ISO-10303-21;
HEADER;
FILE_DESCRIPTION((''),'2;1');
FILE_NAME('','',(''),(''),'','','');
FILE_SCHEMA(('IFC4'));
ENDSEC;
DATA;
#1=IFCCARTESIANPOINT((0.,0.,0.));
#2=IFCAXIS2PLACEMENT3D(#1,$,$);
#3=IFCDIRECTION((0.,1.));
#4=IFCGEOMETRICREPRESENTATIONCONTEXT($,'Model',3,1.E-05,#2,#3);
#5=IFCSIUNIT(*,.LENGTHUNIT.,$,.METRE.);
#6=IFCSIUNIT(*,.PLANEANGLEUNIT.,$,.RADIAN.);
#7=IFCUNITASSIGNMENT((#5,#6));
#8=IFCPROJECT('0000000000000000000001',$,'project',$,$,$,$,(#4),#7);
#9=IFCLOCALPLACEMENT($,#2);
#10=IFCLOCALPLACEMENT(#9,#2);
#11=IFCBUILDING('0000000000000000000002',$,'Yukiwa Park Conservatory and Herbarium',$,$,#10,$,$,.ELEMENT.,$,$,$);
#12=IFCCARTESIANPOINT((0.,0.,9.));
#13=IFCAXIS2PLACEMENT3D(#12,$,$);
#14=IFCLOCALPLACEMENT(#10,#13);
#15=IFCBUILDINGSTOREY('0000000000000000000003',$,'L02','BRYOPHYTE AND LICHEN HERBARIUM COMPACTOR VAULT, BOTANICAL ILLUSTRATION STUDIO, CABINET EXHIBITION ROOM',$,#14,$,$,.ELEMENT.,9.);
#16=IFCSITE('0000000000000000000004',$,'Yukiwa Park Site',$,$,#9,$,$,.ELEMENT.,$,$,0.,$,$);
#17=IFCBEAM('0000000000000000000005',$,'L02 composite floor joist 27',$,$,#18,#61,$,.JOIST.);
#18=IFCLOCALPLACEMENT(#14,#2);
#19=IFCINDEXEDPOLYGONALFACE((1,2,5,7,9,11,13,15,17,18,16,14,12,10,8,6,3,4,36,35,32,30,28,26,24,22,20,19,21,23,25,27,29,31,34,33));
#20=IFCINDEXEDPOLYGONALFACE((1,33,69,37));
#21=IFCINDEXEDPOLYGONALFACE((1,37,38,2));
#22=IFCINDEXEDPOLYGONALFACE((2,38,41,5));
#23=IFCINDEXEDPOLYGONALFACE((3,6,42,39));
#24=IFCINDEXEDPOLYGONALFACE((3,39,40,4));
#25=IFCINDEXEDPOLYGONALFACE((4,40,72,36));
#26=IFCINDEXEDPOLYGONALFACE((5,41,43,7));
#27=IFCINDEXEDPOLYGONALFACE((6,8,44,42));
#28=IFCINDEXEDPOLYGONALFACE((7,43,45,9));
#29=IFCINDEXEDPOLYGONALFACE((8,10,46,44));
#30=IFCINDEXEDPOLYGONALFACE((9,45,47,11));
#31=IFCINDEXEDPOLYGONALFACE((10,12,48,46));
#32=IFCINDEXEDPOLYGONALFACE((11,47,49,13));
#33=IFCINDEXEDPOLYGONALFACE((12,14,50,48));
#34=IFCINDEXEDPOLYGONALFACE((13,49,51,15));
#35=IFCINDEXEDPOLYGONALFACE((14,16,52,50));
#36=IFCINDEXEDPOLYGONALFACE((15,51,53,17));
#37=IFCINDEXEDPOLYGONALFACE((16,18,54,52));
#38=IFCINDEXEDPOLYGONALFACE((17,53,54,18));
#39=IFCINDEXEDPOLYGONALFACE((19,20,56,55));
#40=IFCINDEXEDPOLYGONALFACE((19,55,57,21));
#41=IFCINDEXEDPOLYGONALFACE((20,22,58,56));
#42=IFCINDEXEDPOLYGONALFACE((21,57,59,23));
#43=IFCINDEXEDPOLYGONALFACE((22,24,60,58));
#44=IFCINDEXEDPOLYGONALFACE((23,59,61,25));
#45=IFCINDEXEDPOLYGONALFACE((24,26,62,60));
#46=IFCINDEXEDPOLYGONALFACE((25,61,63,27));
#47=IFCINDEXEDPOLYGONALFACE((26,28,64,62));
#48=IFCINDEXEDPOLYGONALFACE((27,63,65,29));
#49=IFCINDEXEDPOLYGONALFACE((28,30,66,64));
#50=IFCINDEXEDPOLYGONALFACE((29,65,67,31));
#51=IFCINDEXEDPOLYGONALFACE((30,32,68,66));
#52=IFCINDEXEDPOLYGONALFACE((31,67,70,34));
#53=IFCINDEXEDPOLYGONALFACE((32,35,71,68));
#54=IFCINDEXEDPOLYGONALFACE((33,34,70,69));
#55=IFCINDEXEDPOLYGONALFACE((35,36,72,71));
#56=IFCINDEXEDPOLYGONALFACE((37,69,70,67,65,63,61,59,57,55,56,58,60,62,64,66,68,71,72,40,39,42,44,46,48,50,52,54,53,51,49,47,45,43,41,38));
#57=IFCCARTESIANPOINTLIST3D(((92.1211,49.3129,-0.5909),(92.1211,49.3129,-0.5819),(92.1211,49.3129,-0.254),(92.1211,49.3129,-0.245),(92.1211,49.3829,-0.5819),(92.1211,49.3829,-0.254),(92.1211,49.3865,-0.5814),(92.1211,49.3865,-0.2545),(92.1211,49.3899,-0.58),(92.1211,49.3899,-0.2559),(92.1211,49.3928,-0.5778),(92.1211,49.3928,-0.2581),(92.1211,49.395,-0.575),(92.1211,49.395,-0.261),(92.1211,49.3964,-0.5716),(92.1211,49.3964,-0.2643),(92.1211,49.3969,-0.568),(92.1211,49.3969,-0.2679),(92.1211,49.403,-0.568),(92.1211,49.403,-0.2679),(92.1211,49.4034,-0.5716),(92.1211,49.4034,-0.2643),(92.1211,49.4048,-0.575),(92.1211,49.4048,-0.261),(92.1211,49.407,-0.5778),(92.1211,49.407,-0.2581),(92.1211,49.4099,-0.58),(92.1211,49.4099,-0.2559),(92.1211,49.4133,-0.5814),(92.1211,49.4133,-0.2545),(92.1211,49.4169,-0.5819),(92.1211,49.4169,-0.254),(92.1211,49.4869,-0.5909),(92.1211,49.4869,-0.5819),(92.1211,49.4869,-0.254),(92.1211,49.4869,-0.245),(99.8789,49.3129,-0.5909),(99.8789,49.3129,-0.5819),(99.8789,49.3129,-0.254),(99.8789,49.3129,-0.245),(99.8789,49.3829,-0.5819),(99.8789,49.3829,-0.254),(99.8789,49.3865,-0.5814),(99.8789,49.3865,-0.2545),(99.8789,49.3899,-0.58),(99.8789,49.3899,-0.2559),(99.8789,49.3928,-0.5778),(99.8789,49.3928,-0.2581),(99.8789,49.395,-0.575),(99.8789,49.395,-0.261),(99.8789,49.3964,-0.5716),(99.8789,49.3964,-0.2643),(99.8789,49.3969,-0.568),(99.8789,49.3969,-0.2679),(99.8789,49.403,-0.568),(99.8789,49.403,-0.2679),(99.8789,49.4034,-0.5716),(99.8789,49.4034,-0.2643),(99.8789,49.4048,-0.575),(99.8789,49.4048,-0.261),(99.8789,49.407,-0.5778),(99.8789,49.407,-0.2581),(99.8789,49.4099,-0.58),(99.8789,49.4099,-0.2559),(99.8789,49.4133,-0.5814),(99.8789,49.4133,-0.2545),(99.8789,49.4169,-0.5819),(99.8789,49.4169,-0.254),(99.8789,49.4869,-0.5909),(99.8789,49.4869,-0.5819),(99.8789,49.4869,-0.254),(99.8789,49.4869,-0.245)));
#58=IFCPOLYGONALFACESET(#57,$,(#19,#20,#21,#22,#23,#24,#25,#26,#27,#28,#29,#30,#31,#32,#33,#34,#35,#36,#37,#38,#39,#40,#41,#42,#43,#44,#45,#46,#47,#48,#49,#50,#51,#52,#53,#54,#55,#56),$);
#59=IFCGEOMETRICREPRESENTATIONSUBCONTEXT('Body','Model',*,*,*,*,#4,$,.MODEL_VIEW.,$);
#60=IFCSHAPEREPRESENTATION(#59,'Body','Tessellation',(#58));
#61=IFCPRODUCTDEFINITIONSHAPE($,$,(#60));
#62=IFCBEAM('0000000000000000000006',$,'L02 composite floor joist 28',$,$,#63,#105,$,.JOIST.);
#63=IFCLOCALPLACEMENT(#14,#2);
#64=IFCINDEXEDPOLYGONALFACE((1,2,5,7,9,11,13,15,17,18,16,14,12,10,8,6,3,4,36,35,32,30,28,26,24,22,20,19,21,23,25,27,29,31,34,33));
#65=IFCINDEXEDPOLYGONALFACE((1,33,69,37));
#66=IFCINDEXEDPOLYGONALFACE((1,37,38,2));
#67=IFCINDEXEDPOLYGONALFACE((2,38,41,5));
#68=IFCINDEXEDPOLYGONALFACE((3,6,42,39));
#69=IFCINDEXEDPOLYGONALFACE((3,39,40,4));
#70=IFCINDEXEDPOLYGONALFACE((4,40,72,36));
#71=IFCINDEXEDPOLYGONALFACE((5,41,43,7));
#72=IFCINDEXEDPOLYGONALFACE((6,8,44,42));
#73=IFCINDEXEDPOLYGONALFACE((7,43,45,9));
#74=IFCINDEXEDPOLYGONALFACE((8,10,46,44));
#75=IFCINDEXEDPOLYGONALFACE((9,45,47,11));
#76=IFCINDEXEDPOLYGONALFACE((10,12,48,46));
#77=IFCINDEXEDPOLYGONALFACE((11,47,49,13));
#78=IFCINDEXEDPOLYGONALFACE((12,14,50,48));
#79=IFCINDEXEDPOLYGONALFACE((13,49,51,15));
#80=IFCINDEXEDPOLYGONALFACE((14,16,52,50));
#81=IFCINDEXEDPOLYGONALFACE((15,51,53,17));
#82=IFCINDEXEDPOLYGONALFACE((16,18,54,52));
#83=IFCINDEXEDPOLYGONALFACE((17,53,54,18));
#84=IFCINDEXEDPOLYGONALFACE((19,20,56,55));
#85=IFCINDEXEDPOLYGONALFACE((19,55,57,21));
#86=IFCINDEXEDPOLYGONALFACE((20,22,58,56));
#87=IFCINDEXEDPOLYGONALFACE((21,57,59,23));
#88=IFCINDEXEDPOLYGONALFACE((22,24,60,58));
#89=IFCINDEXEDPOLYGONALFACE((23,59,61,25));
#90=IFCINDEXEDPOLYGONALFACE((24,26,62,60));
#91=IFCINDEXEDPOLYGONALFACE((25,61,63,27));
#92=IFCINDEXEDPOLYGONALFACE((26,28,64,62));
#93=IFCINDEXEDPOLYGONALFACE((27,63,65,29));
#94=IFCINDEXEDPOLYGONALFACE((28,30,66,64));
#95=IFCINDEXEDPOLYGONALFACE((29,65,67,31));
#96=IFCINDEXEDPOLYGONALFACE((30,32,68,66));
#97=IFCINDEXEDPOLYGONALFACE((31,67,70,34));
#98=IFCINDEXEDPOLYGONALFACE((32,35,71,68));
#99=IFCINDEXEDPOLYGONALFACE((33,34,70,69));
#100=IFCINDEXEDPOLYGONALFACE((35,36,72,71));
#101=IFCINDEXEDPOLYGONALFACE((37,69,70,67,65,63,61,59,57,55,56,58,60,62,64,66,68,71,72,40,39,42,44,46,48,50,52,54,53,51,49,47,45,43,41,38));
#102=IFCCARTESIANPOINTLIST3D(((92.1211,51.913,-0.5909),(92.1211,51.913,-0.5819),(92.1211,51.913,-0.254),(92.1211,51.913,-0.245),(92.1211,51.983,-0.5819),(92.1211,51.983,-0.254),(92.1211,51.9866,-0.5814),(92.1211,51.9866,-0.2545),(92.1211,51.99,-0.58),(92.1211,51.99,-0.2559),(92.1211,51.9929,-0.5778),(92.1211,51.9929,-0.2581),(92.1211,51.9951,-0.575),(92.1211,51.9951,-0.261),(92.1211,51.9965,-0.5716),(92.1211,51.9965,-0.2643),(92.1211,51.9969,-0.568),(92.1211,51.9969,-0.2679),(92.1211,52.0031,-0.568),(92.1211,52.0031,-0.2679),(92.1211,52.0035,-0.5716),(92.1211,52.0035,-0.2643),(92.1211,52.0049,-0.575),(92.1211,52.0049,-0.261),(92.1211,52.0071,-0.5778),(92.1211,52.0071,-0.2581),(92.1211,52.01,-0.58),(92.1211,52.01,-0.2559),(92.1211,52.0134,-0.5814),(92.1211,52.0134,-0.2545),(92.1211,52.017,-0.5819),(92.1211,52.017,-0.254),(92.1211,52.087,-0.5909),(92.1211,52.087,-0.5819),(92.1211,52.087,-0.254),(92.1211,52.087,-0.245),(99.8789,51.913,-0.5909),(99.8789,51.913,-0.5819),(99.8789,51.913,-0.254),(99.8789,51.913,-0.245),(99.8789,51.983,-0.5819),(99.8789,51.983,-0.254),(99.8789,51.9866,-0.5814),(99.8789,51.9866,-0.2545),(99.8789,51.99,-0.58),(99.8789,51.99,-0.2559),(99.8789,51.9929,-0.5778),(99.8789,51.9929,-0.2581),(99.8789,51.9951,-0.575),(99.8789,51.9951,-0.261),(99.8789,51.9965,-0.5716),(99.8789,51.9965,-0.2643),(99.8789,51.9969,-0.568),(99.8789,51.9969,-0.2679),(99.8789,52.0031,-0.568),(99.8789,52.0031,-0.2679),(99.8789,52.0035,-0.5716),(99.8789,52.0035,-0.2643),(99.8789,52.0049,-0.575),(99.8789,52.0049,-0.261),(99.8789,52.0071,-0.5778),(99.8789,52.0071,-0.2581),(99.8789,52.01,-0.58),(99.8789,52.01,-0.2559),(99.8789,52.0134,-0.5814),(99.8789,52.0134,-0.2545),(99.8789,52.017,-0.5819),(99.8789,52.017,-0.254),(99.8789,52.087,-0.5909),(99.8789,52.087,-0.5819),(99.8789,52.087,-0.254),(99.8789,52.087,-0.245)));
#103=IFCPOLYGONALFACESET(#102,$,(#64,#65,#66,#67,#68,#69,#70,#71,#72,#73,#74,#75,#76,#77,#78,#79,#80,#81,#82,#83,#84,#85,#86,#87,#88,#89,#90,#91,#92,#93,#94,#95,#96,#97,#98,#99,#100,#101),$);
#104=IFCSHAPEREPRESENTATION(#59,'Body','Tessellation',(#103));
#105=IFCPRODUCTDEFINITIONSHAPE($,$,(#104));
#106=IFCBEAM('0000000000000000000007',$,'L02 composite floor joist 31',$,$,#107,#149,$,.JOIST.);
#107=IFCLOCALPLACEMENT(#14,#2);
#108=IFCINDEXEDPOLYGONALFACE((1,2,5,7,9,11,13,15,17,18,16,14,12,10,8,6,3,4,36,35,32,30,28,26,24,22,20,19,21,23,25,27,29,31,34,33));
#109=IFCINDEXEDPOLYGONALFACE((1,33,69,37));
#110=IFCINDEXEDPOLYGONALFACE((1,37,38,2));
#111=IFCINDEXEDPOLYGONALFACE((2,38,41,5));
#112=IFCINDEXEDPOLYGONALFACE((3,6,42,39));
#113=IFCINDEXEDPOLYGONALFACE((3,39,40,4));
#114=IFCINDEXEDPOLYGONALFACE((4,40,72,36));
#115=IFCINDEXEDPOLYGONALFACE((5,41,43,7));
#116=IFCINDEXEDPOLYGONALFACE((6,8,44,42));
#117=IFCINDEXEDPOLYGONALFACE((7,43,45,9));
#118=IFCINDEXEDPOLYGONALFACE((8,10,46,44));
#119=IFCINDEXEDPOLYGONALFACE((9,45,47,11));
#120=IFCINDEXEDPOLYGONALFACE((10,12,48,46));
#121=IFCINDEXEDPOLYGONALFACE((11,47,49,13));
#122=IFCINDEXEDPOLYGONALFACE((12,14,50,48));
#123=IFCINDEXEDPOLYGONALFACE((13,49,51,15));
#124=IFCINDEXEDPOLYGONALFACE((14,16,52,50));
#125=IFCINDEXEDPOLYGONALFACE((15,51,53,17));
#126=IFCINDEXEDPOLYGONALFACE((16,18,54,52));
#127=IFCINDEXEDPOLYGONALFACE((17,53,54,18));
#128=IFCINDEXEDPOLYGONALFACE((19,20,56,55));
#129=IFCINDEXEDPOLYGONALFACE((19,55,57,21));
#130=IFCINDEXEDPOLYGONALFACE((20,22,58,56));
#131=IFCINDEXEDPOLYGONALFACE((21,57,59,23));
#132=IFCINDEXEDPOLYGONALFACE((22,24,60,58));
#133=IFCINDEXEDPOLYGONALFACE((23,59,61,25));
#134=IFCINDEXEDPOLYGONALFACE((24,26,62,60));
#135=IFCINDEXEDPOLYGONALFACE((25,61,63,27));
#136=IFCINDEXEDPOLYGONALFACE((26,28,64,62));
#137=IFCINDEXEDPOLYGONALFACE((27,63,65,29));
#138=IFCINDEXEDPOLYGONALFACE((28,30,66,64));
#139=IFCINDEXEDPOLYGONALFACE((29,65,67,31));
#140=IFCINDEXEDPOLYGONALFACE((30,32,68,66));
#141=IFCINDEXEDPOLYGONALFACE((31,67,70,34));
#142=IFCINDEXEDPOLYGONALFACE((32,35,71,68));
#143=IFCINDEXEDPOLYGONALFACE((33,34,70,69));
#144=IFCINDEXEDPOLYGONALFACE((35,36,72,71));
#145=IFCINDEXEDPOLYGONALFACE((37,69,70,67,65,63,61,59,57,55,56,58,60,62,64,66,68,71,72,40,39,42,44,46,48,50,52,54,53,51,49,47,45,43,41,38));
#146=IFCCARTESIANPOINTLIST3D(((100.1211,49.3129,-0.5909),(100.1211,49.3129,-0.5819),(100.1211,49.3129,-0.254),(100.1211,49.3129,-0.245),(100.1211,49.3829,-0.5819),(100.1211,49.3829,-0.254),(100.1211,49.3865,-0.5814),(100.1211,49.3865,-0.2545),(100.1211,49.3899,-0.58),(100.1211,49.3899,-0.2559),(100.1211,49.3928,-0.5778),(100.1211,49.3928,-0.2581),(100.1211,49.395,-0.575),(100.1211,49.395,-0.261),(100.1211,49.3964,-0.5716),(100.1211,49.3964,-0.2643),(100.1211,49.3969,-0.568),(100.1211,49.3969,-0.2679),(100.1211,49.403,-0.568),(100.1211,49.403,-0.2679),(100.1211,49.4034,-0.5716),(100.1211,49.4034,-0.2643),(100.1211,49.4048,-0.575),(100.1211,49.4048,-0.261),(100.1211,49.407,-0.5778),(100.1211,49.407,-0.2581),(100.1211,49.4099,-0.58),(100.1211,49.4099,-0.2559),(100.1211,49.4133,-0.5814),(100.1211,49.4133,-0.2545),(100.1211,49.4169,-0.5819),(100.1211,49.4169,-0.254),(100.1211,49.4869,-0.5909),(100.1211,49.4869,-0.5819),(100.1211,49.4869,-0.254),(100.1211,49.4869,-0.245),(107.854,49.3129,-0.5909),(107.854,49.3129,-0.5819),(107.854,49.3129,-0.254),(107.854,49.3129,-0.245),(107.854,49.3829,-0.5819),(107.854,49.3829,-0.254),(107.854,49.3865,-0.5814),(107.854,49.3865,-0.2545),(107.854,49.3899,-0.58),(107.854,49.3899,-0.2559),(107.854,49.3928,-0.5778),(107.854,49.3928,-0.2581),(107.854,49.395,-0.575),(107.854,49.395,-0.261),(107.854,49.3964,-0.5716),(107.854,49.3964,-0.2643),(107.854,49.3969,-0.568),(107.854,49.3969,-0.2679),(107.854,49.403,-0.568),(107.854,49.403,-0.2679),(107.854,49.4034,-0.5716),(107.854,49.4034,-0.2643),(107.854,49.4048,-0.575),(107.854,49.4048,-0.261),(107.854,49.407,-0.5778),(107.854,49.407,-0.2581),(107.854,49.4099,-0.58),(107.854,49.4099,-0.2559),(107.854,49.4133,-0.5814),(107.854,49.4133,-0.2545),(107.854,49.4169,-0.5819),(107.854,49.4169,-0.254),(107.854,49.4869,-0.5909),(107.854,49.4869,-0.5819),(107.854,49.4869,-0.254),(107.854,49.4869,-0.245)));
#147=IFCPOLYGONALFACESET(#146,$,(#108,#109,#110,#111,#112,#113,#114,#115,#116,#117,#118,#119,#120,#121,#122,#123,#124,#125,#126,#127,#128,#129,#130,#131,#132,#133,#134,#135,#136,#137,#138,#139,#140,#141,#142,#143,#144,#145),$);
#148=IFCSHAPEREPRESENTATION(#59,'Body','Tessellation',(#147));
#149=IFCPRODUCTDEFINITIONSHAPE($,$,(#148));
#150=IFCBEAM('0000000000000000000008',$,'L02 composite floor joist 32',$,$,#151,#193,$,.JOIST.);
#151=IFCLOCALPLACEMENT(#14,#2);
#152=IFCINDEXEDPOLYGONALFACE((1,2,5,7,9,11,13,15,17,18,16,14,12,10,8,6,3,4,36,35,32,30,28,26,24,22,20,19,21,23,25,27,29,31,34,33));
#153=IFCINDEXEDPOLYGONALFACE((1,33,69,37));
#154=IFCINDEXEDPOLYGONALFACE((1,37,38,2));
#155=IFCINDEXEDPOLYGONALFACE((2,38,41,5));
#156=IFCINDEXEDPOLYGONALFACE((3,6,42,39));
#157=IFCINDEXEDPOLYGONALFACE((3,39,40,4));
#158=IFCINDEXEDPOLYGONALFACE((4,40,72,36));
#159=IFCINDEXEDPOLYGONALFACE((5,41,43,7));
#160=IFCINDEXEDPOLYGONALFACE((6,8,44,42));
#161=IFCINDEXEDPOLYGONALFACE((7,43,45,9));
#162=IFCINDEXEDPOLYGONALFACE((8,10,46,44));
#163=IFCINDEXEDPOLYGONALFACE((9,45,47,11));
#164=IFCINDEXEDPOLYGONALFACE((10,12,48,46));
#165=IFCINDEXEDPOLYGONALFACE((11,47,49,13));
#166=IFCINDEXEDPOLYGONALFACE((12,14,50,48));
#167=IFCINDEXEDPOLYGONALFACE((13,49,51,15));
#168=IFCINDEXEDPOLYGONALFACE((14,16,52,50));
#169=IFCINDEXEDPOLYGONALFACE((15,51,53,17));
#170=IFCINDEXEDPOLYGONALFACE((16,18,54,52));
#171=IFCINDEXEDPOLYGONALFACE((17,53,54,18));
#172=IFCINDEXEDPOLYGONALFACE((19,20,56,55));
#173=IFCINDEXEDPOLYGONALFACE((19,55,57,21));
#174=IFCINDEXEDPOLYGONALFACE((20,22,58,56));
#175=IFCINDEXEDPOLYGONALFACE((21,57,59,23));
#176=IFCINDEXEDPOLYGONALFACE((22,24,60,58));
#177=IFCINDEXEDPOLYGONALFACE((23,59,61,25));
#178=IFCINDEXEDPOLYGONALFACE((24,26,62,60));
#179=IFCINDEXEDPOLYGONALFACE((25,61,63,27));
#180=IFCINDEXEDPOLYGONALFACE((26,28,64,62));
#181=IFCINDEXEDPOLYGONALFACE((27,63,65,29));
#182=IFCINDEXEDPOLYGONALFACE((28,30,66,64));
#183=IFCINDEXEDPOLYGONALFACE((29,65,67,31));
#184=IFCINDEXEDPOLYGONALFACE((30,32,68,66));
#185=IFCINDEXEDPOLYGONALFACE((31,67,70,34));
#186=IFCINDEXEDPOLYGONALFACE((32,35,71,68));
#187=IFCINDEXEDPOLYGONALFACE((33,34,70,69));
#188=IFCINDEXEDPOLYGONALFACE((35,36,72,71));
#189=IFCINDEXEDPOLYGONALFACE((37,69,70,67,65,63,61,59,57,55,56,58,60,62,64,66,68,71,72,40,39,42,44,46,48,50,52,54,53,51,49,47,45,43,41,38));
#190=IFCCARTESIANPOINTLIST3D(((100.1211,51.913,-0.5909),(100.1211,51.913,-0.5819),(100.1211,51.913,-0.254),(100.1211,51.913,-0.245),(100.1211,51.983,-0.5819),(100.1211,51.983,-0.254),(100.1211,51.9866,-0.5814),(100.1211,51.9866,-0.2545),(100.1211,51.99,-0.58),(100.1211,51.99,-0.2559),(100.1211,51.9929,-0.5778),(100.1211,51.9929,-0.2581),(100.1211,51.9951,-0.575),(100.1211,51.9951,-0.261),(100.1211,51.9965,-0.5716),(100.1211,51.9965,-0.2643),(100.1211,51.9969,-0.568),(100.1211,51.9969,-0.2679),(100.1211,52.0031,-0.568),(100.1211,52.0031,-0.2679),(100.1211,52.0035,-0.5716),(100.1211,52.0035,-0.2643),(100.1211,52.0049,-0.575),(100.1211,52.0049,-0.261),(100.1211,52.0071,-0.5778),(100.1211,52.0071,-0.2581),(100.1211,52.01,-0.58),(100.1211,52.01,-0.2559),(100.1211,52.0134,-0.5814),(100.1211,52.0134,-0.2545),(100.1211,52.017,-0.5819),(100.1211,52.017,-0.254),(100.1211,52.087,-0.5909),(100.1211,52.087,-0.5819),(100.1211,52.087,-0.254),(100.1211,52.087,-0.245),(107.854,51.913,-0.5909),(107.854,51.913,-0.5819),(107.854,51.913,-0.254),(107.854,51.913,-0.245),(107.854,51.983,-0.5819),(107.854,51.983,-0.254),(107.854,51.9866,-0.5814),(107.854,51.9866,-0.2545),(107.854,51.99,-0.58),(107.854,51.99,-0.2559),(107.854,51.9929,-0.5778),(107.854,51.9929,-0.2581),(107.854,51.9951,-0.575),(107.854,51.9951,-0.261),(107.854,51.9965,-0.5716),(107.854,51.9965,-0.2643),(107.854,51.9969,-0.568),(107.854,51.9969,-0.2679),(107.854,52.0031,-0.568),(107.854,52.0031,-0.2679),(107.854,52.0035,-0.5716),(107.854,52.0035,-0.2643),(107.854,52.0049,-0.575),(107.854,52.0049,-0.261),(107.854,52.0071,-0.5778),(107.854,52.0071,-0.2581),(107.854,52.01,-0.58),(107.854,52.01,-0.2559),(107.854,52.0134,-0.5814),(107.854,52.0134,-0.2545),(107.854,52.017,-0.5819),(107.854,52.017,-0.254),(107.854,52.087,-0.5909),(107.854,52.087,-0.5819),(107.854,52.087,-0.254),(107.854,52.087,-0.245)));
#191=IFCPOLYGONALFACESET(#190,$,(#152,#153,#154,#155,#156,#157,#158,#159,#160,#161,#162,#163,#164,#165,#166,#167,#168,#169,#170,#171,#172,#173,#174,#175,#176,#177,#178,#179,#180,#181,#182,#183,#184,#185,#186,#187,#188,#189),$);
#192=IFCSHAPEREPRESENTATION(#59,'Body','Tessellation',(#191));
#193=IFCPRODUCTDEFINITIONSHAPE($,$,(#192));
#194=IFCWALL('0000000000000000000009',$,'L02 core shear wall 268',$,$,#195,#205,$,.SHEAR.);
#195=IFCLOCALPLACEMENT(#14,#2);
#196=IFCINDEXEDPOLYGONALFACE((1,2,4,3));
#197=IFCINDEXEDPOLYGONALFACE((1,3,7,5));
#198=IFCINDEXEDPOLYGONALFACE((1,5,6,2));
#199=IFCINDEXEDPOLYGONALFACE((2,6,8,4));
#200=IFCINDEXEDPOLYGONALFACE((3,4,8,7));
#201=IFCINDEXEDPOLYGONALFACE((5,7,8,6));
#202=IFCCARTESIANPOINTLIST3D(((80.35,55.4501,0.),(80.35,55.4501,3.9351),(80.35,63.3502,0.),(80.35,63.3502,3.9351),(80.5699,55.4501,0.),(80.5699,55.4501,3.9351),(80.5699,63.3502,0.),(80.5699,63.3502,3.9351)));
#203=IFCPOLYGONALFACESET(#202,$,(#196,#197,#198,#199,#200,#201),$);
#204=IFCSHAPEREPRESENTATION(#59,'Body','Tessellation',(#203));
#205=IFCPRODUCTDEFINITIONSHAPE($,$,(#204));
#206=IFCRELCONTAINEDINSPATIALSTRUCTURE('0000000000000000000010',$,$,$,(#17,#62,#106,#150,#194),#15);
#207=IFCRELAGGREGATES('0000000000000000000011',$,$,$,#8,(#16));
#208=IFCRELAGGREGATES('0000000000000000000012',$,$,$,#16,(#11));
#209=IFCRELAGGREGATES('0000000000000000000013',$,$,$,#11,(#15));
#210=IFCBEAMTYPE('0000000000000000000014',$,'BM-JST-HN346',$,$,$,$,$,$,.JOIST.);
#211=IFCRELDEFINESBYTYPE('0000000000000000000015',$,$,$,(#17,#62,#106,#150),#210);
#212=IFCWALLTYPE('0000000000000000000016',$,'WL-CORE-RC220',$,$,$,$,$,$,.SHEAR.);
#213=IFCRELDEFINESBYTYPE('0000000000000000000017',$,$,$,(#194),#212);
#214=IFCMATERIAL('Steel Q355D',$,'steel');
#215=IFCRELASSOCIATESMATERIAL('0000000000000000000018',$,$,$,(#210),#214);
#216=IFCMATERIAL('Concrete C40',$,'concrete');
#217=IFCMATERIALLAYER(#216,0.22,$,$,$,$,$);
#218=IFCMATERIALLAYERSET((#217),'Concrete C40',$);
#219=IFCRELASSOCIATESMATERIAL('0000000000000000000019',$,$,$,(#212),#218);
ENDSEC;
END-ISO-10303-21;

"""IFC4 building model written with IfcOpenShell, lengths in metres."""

from ifc_helpers import new_model, si_unit, direction, frame, frame_2d, origin, origin_2d, place, context, subcontext, project, spatial, rectangle, i_section, extrude, material, layer, layer_set, material_profile, profile_set, type_object, element, save


model = new_model("IFC4")

# Units and contexts
model_context = context("Model", 3, precision=1e-05, world=origin(), true_north=direction((0.0, 1.0)))
body_context = subcontext(model_context, "Body", "Model", "MODEL_VIEW")
ifc_project = project(units=[si_unit("LENGTHUNIT", "METRE"), si_unit("PLANEANGLEUNIT", "RADIAN")], contexts=[model_context])

# Site, building, storey
site_placement = place(None, origin())
site = spatial("IfcSite", under=ifc_project, at=site_placement, Name="Yukiwa Park Site", CompositionType="ELEMENT", RefElevation=0.0)
building_placement = place(site_placement, origin())
building = spatial("IfcBuilding", under=site, at=building_placement, Name="Yukiwa Park Conservatory and Herbarium", CompositionType="ELEMENT")
storey_placement = place(building_placement, frame((0.0, 0.0, 9.0)))
storey = spatial("IfcBuildingStorey", under=building, at=storey_placement, Name="L02", Description="BRYOPHYTE AND LICHEN HERBARIUM COMPACTOR VAULT, BOTANICAL ILLUSTRATION STUDIO, CABINET EXHIBITION ROOM", CompositionType="ELEMENT", Elevation=9.0)

# Beams
ifc_material_1 = material(Name="Steel Q355D", Category="steel")
ifc_material_profile_1 = material_profile(ifc_material_1, i_section(OverallWidth=0.1741, OverallDepth=0.3459, WebThickness=0.0061, FlangeThickness=0.009, FilletRadius=0.0139, at=origin_2d()), Name="HN 346x174x6x9")
ifc_profile_set_1 = profile_set([ifc_material_profile_1], Name="Steel Q355D")
beam_type_1 = type_object("IfcBeamType", Name="BM-JST-HN346", PredefinedType="JOIST", material=ifc_profile_set_1)
for number, where, z_axis, x_axis, name in (
    (1, (92.1211, 49.3999, -0.418), (1.0, 0.0, 0.0), (0.0, 1.0, 0.0), "L02 composite floor joist 27"),
    (2, (92.1211, 52.0, -0.418), (1.0, 0.0, 0.0), (0.0, 1.0, 0.0), "L02 composite floor joist 28"),
):
    element("IfcBeam", number, at=place(storey_placement, frame(where, z_axis=z_axis, x_axis=x_axis)), inside=storey, type_object=beam_type_1, Name=name, PredefinedType="JOIST", context=body_context, shape_type="SweptSolid", body=[
        extrude(i_section(OverallWidth=0.1741, OverallDepth=0.3459, WebThickness=0.0061, FlangeThickness=0.009, FilletRadius=0.0139, at=origin_2d()), origin(), (0.0, 0.0, 1.0), 7.7578),
    ])
for number, where, z_axis, x_axis, name in (
    (3, (100.1211, 49.3999, -0.418), (1.0, 0.0, 0.0), (0.0, 1.0, 0.0), "L02 composite floor joist 31"),
    (4, (100.1211, 52.0, -0.418), (1.0, 0.0, 0.0), (0.0, 1.0, 0.0), "L02 composite floor joist 32"),
):
    element("IfcBeam", number, at=place(storey_placement, frame(where, z_axis=z_axis, x_axis=x_axis)), inside=storey, type_object=beam_type_1, Name=name, PredefinedType="JOIST", context=body_context, shape_type="SweptSolid", body=[
        extrude(i_section(OverallWidth=0.1741, OverallDepth=0.3459, WebThickness=0.0061, FlangeThickness=0.009, FilletRadius=0.0139, at=origin_2d()), origin(), (0.0, 0.0, 1.0), 7.7329),
    ])

# Wall
ifc_material_2 = material(Name="Concrete C40", Category="concrete")
ifc_layer_1 = layer(ifc_material_2, 0.22)
ifc_layer_set_1 = layer_set([ifc_layer_1], Name="Concrete C40")
wall_type_1 = type_object("IfcWallType", Name="WL-CORE-RC220", PredefinedType="SHEAR", material=ifc_layer_set_1)
wall_1_placement = place(storey_placement, frame((80.46, 55.45, 0.0), z_axis=(0.0, 0.0, 1.0), x_axis=(0.0, 1.0, 0.0)))
element("IfcWall", 5, at=wall_1_placement, inside=storey, type_object=wall_type_1, Name="L02 core shear wall 268", PredefinedType="SHEAR", context=body_context, shape_type="SweptSolid", body=[
    extrude(rectangle(XDim=7.9001, YDim=0.22, at=frame_2d((3.9502, 0.0))), origin(), (0.0, 0.0, 1.0), 3.9351),
])

save(model, "model.ifc")
